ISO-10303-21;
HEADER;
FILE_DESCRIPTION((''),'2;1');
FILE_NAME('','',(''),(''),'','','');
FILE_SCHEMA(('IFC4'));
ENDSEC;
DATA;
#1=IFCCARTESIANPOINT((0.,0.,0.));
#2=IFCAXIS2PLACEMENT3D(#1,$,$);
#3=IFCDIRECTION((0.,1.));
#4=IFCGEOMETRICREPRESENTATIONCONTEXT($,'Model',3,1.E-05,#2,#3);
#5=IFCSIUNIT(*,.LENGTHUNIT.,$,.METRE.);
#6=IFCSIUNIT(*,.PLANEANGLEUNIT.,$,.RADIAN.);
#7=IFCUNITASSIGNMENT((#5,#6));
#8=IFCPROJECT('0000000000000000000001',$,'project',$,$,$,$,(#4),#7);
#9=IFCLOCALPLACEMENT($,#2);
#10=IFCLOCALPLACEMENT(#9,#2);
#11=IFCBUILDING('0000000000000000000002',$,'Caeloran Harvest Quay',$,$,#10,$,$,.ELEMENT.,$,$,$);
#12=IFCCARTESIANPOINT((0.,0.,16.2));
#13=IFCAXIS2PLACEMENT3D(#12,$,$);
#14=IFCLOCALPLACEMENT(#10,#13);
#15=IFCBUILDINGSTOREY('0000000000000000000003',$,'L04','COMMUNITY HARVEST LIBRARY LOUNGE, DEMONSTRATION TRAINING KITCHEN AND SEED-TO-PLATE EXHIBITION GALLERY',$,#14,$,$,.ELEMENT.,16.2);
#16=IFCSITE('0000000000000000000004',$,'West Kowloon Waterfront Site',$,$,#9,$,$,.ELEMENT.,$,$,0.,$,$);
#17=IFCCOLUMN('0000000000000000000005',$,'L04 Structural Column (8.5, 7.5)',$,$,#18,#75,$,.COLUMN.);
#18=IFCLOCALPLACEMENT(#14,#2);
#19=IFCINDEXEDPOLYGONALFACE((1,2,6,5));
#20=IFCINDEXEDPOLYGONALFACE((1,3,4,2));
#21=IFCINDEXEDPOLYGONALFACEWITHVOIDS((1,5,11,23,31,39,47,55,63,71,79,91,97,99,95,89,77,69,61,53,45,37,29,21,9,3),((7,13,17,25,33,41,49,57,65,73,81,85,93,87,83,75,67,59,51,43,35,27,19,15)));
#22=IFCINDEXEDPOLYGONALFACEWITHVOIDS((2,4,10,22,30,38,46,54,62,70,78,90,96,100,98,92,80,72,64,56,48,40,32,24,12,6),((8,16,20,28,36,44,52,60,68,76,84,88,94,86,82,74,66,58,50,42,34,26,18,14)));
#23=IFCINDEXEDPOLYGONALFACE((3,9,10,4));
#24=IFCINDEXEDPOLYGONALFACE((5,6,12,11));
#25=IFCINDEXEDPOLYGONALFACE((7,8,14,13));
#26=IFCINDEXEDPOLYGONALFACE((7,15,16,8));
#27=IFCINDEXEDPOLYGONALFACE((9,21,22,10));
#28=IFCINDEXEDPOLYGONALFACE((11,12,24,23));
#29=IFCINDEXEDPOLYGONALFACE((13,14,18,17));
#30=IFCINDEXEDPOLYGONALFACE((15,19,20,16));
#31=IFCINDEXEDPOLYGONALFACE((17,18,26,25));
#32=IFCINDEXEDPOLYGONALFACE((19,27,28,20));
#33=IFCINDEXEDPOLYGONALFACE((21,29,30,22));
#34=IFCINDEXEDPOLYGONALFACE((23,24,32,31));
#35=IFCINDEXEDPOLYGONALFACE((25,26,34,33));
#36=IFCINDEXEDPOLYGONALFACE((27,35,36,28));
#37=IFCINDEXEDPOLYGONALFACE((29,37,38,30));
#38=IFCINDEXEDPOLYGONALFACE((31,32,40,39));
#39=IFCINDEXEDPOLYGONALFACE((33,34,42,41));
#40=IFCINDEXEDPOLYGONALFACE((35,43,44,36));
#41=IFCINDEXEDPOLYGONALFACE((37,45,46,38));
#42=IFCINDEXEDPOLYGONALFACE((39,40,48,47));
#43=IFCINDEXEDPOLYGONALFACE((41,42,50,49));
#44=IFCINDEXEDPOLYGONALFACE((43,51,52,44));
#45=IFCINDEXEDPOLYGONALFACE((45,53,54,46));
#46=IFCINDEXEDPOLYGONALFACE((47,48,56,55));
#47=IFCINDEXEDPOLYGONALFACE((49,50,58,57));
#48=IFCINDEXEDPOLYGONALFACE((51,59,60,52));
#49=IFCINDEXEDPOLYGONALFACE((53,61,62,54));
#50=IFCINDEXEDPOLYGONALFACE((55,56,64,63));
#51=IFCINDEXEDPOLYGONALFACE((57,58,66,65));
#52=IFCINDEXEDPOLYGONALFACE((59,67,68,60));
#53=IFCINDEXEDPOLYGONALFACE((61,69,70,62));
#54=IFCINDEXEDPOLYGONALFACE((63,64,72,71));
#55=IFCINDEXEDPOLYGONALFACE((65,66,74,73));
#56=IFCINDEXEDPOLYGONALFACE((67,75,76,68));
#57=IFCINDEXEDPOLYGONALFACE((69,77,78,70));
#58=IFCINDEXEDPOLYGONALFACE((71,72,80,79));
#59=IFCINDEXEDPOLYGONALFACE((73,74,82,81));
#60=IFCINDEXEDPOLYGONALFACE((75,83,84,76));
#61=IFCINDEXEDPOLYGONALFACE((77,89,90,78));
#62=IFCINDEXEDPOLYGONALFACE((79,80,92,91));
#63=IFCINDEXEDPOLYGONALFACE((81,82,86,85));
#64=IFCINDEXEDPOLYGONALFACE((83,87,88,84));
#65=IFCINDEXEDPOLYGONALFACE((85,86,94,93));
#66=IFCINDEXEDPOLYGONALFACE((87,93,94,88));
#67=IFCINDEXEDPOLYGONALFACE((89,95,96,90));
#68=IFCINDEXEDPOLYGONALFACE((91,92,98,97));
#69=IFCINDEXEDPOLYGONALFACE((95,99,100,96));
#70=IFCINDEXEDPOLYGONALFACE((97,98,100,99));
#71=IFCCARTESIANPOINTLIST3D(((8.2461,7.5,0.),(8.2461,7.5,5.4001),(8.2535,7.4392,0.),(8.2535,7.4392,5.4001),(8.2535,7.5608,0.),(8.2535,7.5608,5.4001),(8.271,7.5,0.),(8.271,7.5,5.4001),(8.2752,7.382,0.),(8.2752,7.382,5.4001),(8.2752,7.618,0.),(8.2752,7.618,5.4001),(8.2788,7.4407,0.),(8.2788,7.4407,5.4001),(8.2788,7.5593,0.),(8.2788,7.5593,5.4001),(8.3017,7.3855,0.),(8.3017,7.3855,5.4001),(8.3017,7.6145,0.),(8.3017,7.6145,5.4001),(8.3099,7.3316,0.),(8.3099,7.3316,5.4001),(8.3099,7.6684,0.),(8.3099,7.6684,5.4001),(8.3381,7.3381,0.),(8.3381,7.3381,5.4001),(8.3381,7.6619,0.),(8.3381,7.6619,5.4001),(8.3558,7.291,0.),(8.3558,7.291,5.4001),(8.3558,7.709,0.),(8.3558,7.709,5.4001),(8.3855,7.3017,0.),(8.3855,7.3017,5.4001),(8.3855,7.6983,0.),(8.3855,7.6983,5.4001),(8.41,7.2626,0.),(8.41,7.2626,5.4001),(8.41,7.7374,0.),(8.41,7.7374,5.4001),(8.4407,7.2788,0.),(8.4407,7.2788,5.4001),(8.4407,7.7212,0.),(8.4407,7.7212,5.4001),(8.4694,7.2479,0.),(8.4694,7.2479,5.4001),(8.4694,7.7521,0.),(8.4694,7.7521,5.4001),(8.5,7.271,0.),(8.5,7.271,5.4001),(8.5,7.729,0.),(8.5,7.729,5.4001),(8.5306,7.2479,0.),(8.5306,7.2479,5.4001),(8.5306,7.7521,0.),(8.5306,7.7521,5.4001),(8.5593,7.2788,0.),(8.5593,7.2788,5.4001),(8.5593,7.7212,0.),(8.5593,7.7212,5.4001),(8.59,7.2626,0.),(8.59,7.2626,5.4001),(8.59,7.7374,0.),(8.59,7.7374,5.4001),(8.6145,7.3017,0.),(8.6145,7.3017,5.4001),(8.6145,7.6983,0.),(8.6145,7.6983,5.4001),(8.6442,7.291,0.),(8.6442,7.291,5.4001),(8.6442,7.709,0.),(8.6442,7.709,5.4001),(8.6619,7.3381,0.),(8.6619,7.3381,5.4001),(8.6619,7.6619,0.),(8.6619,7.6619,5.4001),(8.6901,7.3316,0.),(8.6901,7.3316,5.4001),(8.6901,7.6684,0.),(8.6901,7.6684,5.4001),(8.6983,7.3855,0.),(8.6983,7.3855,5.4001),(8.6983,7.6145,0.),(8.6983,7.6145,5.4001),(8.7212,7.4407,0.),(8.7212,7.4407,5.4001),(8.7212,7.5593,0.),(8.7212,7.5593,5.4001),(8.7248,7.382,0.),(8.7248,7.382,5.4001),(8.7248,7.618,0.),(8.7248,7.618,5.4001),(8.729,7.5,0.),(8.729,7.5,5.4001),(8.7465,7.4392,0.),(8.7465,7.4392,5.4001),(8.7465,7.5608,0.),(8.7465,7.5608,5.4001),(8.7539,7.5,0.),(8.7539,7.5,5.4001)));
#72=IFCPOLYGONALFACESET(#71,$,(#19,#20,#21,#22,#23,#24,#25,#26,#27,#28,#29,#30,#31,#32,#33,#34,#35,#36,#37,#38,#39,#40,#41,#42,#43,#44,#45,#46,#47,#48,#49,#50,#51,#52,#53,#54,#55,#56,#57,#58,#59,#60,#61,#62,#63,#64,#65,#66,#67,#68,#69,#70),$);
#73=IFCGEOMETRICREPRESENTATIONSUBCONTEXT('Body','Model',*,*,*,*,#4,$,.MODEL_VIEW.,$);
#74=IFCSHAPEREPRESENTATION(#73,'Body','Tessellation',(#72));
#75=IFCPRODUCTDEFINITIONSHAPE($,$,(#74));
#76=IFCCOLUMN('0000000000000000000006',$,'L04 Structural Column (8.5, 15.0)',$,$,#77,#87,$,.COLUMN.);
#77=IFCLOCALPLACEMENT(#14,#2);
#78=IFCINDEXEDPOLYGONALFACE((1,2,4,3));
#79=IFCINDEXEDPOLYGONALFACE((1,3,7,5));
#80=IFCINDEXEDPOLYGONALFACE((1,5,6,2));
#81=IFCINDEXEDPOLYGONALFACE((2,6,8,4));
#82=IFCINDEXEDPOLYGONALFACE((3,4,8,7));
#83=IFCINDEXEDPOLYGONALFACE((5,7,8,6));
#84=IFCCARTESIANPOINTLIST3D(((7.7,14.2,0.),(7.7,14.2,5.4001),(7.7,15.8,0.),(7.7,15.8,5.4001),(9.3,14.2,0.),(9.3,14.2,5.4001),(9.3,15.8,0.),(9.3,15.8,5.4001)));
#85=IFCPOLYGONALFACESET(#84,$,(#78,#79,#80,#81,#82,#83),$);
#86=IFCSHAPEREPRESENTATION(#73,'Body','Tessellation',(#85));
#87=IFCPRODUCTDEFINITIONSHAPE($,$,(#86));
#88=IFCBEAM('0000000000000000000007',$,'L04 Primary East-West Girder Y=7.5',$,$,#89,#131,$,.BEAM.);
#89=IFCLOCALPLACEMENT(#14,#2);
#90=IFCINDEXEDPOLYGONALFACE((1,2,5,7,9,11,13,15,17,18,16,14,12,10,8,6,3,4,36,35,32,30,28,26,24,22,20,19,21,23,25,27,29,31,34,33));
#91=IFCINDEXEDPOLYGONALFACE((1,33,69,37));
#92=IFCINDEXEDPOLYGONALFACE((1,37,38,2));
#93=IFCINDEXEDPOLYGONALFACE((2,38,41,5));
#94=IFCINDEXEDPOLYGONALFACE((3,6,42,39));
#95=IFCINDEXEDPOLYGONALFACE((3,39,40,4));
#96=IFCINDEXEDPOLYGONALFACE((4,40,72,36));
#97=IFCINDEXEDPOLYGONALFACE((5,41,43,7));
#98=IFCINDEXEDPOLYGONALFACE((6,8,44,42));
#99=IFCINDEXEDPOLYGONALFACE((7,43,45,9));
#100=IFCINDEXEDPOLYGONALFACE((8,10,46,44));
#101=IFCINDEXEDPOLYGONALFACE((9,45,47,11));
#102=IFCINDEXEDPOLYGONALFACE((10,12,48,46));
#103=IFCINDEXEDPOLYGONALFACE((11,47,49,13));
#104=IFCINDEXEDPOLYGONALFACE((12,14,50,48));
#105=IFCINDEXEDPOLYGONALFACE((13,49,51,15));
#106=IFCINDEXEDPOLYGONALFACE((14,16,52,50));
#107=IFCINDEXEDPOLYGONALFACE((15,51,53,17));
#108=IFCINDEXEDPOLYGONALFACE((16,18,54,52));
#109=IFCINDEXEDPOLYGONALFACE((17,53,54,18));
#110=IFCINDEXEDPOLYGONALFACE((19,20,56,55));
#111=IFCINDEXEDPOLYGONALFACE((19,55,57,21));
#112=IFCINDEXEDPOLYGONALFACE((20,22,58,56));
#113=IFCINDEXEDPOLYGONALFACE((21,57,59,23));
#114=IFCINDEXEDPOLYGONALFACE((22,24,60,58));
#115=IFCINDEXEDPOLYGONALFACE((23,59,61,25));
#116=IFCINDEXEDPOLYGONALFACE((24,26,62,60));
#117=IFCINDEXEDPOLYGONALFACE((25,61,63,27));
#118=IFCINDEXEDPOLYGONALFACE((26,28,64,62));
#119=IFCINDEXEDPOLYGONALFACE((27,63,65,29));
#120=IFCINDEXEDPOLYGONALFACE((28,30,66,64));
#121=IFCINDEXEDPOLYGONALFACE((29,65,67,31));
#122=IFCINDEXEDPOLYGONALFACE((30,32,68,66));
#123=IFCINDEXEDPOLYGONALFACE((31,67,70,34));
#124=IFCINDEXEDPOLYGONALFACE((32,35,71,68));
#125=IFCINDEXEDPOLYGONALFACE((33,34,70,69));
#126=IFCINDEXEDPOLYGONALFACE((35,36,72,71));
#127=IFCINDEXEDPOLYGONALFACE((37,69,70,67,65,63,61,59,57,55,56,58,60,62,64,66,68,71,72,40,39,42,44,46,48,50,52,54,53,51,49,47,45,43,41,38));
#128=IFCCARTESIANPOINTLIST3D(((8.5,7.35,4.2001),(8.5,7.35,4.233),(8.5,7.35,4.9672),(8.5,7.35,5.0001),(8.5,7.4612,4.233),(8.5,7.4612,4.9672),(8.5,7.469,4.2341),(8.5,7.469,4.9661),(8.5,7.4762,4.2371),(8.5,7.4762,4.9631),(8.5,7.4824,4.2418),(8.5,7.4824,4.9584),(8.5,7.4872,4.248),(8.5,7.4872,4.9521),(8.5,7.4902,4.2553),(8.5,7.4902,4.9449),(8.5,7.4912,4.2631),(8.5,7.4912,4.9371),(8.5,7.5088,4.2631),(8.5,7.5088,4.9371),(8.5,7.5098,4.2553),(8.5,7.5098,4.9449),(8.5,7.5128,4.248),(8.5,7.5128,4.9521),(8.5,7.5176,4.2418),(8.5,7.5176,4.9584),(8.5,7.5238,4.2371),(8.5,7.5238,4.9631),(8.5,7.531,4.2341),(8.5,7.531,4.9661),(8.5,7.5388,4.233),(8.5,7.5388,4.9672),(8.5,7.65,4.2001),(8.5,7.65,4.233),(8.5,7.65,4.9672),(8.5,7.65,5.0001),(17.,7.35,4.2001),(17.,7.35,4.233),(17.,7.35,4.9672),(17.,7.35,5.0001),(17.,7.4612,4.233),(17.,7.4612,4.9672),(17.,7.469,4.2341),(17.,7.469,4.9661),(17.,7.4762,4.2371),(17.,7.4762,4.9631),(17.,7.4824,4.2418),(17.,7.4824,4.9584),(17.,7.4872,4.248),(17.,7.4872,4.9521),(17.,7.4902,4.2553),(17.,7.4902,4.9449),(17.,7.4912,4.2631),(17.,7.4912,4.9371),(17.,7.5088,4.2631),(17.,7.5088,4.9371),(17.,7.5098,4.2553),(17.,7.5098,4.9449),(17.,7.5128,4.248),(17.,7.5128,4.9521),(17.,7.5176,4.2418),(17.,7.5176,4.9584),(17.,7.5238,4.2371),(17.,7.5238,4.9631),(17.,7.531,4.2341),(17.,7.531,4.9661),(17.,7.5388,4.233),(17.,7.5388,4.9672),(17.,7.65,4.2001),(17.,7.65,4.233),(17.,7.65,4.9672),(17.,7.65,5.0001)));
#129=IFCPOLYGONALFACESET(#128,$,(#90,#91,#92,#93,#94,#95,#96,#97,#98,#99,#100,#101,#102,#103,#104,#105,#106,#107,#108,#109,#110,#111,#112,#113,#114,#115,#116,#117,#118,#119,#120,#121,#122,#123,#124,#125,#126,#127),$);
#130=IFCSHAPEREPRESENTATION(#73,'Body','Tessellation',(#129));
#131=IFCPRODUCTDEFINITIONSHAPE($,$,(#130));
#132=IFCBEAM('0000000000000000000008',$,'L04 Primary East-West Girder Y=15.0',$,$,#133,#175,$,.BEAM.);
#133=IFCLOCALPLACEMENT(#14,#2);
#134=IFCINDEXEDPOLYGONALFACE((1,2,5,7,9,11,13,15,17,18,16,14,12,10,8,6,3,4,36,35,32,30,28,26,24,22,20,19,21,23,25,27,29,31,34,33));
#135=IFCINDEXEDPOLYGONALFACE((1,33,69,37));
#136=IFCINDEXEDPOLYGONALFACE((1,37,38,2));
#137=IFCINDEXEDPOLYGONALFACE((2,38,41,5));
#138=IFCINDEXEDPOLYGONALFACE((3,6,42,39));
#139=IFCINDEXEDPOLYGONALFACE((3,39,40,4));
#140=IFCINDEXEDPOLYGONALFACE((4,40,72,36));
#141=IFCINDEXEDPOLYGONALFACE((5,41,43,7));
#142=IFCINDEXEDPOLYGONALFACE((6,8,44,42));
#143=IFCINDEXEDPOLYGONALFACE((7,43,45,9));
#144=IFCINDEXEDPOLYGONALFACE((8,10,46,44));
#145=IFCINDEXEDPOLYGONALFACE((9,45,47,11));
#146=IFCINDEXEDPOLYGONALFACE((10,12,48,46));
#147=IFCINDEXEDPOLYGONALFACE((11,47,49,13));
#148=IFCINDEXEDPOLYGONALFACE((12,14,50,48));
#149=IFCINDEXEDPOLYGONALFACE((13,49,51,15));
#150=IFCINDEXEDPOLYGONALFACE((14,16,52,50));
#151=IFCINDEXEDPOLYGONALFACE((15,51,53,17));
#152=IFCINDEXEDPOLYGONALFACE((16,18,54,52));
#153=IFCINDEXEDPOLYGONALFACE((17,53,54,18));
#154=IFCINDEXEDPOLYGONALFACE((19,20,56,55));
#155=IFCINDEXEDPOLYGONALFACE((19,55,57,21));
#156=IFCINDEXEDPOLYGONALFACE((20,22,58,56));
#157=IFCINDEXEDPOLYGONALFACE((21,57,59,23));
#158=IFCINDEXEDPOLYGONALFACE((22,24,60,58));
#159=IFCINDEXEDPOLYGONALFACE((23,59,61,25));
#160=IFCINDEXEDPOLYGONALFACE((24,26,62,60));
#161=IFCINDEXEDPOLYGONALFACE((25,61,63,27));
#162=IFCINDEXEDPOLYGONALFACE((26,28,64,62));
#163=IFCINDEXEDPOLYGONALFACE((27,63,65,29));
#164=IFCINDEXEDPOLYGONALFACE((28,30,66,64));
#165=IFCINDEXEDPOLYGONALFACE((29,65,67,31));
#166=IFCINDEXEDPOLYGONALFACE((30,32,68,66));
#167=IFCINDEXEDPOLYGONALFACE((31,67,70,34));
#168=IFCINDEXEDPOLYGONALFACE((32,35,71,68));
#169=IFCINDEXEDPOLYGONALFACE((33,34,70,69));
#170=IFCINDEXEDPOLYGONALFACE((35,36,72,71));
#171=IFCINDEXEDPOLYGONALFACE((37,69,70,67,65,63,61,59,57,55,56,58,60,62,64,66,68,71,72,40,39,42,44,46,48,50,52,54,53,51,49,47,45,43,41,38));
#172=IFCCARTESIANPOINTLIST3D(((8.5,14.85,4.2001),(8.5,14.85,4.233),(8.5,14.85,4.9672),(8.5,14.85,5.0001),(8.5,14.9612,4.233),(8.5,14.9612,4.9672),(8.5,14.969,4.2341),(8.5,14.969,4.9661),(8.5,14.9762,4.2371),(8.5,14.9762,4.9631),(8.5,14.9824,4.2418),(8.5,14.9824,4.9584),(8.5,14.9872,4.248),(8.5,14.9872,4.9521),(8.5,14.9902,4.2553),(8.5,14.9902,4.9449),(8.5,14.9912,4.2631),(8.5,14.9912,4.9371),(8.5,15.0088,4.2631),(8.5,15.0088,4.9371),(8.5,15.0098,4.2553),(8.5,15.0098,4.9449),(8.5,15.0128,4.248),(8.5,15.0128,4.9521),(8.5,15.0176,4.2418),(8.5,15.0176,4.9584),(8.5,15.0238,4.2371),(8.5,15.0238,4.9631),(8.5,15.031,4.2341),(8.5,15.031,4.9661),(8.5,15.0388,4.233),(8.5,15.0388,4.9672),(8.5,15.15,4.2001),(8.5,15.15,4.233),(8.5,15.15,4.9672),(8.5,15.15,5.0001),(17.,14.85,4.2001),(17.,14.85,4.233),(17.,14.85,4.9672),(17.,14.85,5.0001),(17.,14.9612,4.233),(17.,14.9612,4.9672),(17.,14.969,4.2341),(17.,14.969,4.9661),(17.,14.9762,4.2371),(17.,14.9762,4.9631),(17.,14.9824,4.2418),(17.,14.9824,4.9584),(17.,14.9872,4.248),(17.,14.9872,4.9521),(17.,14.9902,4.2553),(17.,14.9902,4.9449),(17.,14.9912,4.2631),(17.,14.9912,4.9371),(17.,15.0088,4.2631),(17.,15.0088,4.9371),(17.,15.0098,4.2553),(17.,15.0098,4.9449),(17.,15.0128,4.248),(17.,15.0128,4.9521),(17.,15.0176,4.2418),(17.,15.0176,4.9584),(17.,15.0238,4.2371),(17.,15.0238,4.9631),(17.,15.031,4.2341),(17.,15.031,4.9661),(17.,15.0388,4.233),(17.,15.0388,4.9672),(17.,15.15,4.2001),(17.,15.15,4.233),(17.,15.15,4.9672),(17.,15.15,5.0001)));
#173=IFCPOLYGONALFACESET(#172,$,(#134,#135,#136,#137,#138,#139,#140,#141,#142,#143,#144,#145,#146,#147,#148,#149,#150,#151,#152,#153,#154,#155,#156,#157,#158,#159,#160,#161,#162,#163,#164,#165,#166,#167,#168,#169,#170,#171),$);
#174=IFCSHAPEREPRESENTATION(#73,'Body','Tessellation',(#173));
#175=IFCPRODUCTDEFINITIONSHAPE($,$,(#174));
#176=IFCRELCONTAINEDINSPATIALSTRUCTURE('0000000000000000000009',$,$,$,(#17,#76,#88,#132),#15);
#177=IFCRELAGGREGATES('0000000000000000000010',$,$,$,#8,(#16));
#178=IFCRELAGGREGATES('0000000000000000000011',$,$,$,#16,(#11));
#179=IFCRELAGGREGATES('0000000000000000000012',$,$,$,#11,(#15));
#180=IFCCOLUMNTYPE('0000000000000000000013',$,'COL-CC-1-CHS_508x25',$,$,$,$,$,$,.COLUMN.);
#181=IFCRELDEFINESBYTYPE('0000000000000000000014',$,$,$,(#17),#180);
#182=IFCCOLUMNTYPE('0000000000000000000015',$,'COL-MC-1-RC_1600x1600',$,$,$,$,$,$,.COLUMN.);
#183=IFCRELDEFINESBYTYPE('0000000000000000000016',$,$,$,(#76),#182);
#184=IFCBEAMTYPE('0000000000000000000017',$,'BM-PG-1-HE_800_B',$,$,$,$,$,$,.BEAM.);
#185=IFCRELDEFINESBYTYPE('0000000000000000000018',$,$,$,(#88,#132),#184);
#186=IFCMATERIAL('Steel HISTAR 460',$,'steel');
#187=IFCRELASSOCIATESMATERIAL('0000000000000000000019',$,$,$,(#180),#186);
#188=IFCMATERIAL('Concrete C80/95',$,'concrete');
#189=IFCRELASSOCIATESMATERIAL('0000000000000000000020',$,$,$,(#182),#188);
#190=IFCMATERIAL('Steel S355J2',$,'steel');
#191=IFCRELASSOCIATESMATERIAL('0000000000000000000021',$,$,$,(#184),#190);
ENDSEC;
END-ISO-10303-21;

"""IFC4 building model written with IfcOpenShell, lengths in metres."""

from ifc_helpers import new_model, si_unit, direction, frame, origin, origin_2d, place, context, subcontext, project, spatial, rectangle, hollow_circle, i_section, extrude, material, material_profile, profile_set, type_object, element, save


model = new_model("IFC4")

# Units and contexts
model_context = context("Model", 3, precision=1e-05, world=origin(), true_north=direction((0.0, 1.0)))
body_context = subcontext(model_context, "Body", "Model", "MODEL_VIEW")
ifc_project = project(units=[si_unit("LENGTHUNIT", "METRE"), si_unit("PLANEANGLEUNIT", "RADIAN")], contexts=[model_context])

# Site, building, storey
site_placement = place(None, origin())
site = spatial("IfcSite", under=ifc_project, at=site_placement, Name="West Kowloon Waterfront Site", CompositionType="ELEMENT", RefElevation=0.0)
building_placement = place(site_placement, origin())
building = spatial("IfcBuilding", under=site, at=building_placement, Name="Caeloran Harvest Quay", CompositionType="ELEMENT")
storey_placement = place(building_placement, frame((0.0, 0.0, 16.2)))
storey = spatial("IfcBuildingStorey", under=building, at=storey_placement, Name="L04", Description="COMMUNITY HARVEST LIBRARY LOUNGE, DEMONSTRATION TRAINING KITCHEN AND SEED-TO-PLATE EXHIBITION GALLERY", CompositionType="ELEMENT", Elevation=16.2)

# Columns
ifc_material_1 = material(Name="Steel HISTAR 460", Category="steel")
ifc_material_profile_1 = material_profile(ifc_material_1, hollow_circle(Radius=0.2539, WallThickness=0.0249, at=origin_2d()), Name="CHS 508x25")
ifc_profile_set_1 = profile_set([ifc_material_profile_1], Name="Steel HISTAR 460")
column_type_1 = type_object("IfcColumnType", Name="COL-CC-1-CHS_508x25", PredefinedType="COLUMN", material=ifc_profile_set_1)
column_1_placement = place(storey_placement, frame((8.5, 7.5, 0.0), z_axis=(0.0, 0.0, 1.0), x_axis=(1.0, 0.0, 0.0)))
element("IfcColumn", 1, at=column_1_placement, inside=storey, type_object=column_type_1, Name="L04 Structural Column (8.5, 7.5)", PredefinedType="COLUMN", context=body_context, shape_type="SweptSolid", body=[
    extrude(hollow_circle(Radius=0.2539, WallThickness=0.0249, at=origin_2d()), origin(), (0.0, 0.0, 1.0), 5.4001),
])
ifc_material_2 = material(Name="Concrete C80/95", Category="concrete")
ifc_material_profile_2 = material_profile(ifc_material_2, rectangle(XDim=1.6001, YDim=1.6001, at=origin_2d()), Name="RC 1600x1600")
ifc_profile_set_2 = profile_set([ifc_material_profile_2], Name="Concrete C80/95")
column_type_2 = type_object("IfcColumnType", Name="COL-MC-1-RC_1600x1600", PredefinedType="COLUMN", material=ifc_profile_set_2)
column_2_placement = place(storey_placement, frame((8.5, 15.0, 0.0), z_axis=(0.0, 0.0, 1.0), x_axis=(1.0, 0.0, 0.0)))
element("IfcColumn", 2, at=column_2_placement, inside=storey, type_object=column_type_2, Name="L04 Structural Column (8.5, 15.0)", PredefinedType="COLUMN", context=body_context, shape_type="SweptSolid", body=[
    extrude(rectangle(XDim=1.6001, YDim=1.6001, at=origin_2d()), origin(), (0.0, 0.0, 1.0), 5.4001),
])

# Beams
ifc_material_3 = material(Name="Steel S355J2", Category="steel")
ifc_material_profile_3 = material_profile(ifc_material_3, i_section(OverallWidth=0.3, OverallDepth=0.8, WebThickness=0.0176, FlangeThickness=0.033, FilletRadius=0.03, at=origin_2d()), Name="HE 800 B")
ifc_profile_set_3 = profile_set([ifc_material_profile_3], Name="Steel S355J2")
beam_type_1 = type_object("IfcBeamType", Name="BM-PG-1-HE_800_B", PredefinedType="BEAM", material=ifc_profile_set_3)
for number, where, z_axis, x_axis, name in (
    (3, (8.5, 7.5, 4.6001), (1.0, 0.0, 0.0), (0.0, 1.0, 0.0), "L04 Primary East-West Girder Y=7.5"),
    (4, (8.5, 15.0, 4.6001), (1.0, 0.0, 0.0), (0.0, 1.0, 0.0), "L04 Primary East-West Girder Y=15.0"),
):
    element("IfcBeam", number, at=place(storey_placement, frame(where, z_axis=z_axis, x_axis=x_axis)), inside=storey, type_object=beam_type_1, Name=name, PredefinedType="BEAM", context=body_context, shape_type="SweptSolid", body=[
        extrude(i_section(OverallWidth=0.3, OverallDepth=0.8, WebThickness=0.0176, FlangeThickness=0.033, FilletRadius=0.03, at=origin_2d()), origin(), (0.0, 0.0, 1.0), 8.5),
    ])

save(model, "model.ifc")
